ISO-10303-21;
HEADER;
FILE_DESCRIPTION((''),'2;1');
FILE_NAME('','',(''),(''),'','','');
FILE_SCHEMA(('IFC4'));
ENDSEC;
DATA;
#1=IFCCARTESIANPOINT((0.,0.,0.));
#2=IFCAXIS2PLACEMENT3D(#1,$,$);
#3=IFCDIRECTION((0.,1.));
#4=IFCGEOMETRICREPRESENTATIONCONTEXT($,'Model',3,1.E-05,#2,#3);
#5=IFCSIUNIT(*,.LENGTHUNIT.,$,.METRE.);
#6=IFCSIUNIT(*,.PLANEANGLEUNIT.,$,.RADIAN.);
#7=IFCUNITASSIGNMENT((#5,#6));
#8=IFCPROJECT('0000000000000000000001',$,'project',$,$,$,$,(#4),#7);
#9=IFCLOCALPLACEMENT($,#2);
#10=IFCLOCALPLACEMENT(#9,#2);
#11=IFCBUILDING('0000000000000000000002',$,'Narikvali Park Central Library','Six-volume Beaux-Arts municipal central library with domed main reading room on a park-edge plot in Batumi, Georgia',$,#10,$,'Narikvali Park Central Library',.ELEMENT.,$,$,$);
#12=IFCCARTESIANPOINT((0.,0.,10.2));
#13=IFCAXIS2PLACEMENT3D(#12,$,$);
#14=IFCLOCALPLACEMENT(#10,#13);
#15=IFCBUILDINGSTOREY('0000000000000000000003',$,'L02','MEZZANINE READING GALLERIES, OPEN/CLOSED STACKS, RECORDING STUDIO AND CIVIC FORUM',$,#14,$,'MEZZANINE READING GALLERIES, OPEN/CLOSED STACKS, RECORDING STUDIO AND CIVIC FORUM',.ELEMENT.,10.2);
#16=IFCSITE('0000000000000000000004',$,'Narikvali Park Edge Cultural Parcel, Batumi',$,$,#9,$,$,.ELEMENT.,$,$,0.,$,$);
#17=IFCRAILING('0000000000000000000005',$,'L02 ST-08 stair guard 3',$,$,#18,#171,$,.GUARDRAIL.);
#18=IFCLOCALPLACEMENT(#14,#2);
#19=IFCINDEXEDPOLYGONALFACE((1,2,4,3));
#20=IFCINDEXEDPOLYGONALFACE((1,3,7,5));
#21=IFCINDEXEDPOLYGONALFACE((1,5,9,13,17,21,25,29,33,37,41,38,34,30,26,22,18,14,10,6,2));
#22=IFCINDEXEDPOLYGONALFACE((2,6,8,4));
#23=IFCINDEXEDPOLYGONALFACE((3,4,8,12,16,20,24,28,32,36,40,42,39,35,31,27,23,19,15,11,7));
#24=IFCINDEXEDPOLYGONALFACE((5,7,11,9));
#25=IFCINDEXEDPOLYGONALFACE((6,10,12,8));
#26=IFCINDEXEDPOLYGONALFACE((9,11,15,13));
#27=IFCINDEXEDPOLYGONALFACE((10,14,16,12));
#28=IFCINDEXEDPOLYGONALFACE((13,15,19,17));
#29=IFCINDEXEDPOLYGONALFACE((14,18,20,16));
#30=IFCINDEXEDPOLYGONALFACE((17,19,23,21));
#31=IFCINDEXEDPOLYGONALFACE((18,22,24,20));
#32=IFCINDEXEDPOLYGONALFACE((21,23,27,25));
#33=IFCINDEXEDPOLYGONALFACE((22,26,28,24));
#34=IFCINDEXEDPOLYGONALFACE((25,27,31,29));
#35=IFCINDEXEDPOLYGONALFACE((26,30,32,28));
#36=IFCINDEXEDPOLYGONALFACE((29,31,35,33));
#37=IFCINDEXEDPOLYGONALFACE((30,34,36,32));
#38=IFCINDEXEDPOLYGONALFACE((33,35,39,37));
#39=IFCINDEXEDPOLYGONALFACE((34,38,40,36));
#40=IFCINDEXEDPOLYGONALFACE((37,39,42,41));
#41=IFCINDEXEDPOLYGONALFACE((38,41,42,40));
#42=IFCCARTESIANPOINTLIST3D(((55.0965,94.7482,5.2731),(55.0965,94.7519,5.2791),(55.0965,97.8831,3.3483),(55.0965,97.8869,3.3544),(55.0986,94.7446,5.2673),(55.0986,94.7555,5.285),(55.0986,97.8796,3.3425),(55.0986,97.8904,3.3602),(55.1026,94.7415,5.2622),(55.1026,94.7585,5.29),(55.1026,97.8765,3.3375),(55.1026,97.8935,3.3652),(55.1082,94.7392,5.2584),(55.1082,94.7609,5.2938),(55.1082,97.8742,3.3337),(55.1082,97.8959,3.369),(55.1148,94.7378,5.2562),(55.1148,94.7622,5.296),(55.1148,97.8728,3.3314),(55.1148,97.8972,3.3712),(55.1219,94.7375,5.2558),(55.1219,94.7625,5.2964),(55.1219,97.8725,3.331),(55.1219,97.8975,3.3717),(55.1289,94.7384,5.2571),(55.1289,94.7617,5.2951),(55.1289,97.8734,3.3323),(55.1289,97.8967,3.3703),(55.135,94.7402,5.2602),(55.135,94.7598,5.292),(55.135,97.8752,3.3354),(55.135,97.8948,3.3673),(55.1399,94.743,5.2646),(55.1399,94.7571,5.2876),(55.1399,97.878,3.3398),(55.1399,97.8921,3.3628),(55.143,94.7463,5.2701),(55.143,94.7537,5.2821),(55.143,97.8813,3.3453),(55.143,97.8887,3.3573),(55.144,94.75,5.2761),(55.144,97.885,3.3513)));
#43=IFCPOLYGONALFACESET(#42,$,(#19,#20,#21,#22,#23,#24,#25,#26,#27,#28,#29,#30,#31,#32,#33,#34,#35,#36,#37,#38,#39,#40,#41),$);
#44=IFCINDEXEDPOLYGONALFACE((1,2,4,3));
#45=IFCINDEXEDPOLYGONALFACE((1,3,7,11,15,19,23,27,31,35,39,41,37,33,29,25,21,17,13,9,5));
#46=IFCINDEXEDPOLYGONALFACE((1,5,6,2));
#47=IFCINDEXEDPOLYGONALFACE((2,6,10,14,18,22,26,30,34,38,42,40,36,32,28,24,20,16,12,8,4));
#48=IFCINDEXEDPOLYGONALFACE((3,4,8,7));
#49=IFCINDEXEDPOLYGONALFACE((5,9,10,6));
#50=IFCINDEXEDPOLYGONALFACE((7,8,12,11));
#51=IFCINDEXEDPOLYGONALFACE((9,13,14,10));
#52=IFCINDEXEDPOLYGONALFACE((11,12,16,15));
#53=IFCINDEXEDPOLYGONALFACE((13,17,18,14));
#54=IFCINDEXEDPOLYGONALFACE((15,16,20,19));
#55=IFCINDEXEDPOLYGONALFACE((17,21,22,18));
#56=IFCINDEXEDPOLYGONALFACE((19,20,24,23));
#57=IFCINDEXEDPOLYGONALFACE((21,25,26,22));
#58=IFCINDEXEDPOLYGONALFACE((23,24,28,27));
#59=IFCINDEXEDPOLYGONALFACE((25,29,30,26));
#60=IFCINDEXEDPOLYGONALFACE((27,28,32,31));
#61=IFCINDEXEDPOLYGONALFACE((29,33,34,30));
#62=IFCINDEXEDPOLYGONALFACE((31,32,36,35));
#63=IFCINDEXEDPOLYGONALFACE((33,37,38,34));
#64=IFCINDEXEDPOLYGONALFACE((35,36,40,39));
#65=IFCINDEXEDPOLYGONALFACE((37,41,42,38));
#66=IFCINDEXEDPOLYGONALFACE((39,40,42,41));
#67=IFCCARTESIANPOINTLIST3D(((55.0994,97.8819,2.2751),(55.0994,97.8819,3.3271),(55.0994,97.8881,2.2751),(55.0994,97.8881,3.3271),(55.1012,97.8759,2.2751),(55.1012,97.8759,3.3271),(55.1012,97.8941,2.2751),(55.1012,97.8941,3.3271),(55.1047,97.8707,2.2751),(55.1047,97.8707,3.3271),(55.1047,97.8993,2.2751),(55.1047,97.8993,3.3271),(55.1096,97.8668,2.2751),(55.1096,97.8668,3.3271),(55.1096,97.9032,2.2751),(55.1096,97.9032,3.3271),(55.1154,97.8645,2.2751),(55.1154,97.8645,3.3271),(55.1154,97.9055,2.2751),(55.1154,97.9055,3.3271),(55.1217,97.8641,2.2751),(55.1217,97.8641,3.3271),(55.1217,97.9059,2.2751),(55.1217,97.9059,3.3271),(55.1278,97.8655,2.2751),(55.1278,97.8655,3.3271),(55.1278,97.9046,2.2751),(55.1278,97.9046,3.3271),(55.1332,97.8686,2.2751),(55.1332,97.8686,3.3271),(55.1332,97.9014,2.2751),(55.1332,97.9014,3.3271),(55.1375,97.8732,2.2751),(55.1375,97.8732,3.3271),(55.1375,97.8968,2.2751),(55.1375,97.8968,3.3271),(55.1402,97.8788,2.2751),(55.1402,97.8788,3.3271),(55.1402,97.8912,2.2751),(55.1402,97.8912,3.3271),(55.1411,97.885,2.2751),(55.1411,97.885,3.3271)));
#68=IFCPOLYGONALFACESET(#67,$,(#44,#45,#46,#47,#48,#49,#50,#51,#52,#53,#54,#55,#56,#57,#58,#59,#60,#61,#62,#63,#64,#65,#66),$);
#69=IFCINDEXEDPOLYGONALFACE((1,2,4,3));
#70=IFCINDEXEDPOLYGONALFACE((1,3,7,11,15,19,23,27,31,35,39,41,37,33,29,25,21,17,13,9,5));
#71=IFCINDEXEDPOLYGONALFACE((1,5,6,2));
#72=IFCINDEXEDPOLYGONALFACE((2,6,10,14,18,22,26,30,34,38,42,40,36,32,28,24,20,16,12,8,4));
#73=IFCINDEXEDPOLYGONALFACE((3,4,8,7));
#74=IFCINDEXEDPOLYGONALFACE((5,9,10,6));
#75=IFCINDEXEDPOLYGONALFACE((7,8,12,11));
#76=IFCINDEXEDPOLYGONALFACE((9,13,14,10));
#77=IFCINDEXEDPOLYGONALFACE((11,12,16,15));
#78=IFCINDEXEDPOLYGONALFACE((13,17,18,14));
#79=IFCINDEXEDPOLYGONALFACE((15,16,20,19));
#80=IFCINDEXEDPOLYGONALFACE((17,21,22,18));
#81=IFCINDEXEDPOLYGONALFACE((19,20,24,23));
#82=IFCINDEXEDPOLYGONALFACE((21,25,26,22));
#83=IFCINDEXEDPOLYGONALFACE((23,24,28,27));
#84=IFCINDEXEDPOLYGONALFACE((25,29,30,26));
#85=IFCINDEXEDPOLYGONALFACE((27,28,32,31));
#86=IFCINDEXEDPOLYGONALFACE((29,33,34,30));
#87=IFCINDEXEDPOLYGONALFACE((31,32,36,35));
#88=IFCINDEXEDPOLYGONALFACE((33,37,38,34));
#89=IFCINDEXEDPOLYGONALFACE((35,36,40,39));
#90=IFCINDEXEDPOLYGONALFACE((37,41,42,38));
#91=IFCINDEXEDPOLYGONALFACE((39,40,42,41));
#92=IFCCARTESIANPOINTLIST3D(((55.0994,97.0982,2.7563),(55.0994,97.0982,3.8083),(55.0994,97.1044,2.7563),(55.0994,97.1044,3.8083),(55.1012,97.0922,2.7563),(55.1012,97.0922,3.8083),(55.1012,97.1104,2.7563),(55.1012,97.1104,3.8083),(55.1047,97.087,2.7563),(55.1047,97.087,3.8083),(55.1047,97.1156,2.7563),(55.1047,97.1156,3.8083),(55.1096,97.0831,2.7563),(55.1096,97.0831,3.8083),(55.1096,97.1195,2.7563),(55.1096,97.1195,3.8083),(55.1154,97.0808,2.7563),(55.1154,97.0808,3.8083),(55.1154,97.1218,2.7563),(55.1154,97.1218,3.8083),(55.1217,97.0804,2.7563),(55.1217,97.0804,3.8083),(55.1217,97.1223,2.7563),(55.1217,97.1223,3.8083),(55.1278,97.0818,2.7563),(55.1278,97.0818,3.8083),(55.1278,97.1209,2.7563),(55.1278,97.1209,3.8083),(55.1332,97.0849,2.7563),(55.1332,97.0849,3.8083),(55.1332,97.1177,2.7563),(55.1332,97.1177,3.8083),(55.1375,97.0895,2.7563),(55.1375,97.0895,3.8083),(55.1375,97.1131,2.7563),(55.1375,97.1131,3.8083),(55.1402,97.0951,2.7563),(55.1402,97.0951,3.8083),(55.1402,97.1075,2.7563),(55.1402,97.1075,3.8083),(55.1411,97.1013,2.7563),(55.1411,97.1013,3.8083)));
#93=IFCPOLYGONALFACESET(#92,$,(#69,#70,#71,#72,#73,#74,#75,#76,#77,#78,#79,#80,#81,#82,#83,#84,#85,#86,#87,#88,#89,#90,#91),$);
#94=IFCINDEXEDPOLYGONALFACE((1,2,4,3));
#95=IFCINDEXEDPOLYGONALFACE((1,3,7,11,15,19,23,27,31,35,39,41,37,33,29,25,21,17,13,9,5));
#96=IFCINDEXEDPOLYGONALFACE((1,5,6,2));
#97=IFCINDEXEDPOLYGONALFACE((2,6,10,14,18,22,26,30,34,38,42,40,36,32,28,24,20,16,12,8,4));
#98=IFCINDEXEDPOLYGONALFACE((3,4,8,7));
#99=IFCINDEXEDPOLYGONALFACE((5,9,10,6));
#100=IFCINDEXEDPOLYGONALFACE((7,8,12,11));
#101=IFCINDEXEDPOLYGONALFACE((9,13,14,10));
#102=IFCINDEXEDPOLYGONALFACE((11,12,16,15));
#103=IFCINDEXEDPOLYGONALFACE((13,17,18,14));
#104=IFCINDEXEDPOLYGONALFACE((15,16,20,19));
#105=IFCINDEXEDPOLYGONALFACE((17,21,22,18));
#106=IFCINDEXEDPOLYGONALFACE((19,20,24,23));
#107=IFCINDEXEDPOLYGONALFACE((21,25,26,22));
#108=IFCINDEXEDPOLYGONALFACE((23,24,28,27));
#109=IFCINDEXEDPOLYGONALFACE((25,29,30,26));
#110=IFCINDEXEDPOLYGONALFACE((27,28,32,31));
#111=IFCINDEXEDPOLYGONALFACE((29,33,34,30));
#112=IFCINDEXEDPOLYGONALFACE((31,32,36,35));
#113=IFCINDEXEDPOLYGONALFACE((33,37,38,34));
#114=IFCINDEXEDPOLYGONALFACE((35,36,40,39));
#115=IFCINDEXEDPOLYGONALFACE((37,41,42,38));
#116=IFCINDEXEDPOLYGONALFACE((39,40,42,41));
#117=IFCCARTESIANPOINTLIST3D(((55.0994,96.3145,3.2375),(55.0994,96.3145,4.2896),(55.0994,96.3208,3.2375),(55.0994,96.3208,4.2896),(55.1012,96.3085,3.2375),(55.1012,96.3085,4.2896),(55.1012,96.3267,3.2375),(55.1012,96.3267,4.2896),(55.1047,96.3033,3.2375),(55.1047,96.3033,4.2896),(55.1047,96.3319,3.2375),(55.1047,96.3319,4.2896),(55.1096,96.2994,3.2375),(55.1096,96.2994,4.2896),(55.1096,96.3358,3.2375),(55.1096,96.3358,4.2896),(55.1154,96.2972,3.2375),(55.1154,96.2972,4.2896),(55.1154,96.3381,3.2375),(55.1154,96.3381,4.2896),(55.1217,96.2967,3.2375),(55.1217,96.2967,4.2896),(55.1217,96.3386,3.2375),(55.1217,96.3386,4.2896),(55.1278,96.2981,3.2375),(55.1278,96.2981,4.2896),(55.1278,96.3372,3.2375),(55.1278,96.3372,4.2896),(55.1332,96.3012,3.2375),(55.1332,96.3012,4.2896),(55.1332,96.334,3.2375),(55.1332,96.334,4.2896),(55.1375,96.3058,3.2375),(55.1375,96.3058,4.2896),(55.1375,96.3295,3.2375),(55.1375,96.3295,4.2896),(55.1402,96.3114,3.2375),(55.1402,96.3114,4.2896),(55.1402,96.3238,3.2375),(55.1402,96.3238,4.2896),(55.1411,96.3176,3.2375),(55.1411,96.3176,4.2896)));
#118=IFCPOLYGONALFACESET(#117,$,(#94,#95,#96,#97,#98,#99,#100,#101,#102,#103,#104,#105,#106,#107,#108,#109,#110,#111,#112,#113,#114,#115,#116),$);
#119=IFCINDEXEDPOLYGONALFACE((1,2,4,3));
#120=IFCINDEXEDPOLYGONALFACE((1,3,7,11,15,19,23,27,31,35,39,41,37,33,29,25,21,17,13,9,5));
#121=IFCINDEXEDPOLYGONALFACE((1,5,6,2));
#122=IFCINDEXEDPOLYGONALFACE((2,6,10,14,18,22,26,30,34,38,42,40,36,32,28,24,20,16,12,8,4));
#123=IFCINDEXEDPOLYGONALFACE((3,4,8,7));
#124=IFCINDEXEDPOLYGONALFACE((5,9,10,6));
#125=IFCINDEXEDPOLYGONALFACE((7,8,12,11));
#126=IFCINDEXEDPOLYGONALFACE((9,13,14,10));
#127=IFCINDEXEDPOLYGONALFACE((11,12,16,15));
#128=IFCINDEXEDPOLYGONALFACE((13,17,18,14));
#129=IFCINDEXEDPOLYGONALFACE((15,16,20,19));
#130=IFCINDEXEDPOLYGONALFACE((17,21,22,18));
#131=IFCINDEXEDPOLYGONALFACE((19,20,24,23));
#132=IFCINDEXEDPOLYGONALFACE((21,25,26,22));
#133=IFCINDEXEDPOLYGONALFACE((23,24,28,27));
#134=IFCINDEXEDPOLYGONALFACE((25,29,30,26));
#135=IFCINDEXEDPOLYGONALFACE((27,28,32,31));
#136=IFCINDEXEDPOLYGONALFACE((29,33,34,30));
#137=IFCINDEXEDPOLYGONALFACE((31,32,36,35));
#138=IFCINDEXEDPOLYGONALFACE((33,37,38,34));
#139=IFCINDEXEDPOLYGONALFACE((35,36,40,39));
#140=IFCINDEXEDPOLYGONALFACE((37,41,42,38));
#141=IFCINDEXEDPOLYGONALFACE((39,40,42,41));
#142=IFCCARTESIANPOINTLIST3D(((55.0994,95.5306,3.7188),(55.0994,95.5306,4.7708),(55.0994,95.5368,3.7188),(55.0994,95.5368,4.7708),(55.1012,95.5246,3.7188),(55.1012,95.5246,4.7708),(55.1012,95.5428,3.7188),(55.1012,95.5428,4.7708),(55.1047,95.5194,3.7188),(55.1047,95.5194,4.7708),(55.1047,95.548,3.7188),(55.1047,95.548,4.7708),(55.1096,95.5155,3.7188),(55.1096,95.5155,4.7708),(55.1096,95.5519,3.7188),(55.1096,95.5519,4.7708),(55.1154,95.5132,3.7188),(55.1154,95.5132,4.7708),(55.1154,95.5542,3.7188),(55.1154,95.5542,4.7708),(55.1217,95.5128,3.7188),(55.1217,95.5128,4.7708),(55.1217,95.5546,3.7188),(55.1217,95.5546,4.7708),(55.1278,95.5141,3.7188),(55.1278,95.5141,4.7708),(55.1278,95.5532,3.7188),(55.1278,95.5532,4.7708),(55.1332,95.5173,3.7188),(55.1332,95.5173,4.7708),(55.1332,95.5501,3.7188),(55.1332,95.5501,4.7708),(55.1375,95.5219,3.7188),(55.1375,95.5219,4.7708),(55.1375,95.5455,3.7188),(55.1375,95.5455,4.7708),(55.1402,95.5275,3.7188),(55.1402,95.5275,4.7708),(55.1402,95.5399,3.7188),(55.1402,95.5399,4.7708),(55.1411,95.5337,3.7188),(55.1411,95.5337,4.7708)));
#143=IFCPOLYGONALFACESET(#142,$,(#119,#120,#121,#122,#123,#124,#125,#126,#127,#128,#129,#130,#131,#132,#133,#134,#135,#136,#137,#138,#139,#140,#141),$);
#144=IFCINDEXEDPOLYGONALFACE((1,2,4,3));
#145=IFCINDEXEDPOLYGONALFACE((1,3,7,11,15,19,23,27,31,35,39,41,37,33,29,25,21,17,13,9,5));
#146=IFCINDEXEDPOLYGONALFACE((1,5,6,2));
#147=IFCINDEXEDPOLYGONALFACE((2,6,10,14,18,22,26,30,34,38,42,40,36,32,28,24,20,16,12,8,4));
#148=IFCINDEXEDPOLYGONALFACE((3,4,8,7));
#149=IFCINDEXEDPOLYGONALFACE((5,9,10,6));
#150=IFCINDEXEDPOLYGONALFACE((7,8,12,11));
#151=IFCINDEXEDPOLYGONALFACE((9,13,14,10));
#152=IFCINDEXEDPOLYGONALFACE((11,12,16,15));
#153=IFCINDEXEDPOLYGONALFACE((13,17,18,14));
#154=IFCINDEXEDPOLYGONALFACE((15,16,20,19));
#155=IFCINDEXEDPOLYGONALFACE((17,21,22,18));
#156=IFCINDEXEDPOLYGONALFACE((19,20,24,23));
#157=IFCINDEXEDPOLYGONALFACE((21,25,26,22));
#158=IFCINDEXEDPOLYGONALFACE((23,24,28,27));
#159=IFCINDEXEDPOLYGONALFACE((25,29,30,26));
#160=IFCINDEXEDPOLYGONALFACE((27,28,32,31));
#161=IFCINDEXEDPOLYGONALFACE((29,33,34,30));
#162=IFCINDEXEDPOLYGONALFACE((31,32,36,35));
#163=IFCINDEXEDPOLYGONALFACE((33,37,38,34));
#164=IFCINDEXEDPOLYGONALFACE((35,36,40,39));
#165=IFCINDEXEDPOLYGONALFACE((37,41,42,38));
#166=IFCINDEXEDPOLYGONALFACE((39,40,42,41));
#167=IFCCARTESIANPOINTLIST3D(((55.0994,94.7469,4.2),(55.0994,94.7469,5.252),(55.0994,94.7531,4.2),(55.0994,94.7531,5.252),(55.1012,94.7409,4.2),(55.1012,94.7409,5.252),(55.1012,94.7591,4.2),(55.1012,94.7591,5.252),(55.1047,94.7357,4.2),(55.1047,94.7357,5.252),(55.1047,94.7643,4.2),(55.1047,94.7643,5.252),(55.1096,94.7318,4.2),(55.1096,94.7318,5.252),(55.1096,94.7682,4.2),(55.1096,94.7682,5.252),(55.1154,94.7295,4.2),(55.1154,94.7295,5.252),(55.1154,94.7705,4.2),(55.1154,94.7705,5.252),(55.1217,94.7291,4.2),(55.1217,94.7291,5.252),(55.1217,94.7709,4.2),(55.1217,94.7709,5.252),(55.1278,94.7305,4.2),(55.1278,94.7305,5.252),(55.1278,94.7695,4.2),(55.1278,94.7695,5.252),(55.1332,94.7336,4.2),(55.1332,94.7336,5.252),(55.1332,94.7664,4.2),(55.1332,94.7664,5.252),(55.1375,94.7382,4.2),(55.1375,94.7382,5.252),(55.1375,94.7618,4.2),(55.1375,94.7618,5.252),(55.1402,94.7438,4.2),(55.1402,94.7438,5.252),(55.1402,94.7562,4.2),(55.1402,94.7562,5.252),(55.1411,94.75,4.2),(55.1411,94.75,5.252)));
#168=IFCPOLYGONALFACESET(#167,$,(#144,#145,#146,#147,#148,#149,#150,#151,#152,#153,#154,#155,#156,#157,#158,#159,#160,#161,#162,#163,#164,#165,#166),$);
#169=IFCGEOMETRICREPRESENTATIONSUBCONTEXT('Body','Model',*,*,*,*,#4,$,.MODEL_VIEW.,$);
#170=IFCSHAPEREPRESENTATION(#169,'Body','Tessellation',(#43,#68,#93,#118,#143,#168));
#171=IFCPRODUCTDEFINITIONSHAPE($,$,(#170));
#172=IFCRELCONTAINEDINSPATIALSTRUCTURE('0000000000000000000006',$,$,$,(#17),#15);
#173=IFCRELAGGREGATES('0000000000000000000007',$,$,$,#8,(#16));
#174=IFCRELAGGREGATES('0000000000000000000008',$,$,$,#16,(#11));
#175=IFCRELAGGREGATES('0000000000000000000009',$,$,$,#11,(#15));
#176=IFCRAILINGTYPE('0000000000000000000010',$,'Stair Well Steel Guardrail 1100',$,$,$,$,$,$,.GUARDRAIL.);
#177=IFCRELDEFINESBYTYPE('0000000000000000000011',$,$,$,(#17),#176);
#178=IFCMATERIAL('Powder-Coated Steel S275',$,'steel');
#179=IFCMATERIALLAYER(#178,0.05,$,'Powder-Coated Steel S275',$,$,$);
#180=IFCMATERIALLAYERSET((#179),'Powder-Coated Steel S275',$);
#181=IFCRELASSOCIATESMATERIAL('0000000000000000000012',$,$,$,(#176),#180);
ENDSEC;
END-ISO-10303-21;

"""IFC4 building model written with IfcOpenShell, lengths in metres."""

from ifc_helpers import new_model, si_unit, direction, frame, origin, origin_2d, place, context, subcontext, project, spatial, circle, extrude, material, layer, layer_set, type_object, element, save


model = new_model("IFC4")

# Units and contexts
model_context = context("Model", 3, precision=1e-05, world=origin(), true_north=direction((0.0, 1.0)))
body_context = subcontext(model_context, "Body", "Model", "MODEL_VIEW")
ifc_project = project(units=[si_unit("LENGTHUNIT", "METRE"), si_unit("PLANEANGLEUNIT", "RADIAN")], contexts=[model_context])

# Site, building, storey
site_placement = place(None, origin())
site = spatial("IfcSite", under=ifc_project, at=site_placement, Name="Narikvali Park Edge Cultural Parcel, Batumi", CompositionType="ELEMENT", RefElevation=0.0)
building_placement = place(site_placement, origin())
building = spatial("IfcBuilding", under=site, at=building_placement, Name="Narikvali Park Central Library", Description="Six-volume Beaux-Arts municipal central library with domed main reading room on a park-edge plot in Batumi, Georgia", LongName="Narikvali Park Central Library", CompositionType="ELEMENT")
storey_placement = place(building_placement, frame((0.0, 0.0, 10.2)))
storey = spatial("IfcBuildingStorey", under=building, at=storey_placement, Name="L02", Description="MEZZANINE READING GALLERIES, OPEN/CLOSED STACKS, RECORDING STUDIO AND CIVIC FORUM", LongName="MEZZANINE READING GALLERIES, OPEN/CLOSED STACKS, RECORDING STUDIO AND CIVIC FORUM", CompositionType="ELEMENT", Elevation=10.2)

# Railing
ifc_material_1 = material(Name="Powder-Coated Steel S275", Category="steel")
ifc_layer_1 = layer(ifc_material_1, 0.05, Name="Powder-Coated Steel S275")
ifc_layer_set_1 = layer_set([ifc_layer_1], Name="Powder-Coated Steel S275")
railing_type_1 = type_object("IfcRailingType", Name="Stair Well Steel Guardrail 1100", PredefinedType="GUARDRAIL", material=ifc_layer_set_1)
railing_1_placement = place(storey_placement, frame((55.1201, 97.885, 2.2751)))
element("IfcRailing", 1, at=railing_1_placement, inside=storey, type_object=railing_type_1, Name="L02 ST-08 stair guard 3", PredefinedType="GUARDRAIL", context=body_context, shape_type="SweptSolid", body=[
    extrude(circle(Radius=0.0239, at=origin_2d()), frame((0.0, 0.0, 1.0762), z_axis=(0.0, -0.852196, 0.523223), x_axis=(1.0, 0.0, 0.0)), (0.0, 0.0, 1.0), 3.6787),
    extrude(circle(Radius=0.021, at=origin_2d()), origin(), (0.0, 0.0, 1.0), 1.052),
    extrude(circle(Radius=0.021, at=origin_2d()), frame((0.0, -0.7837, 0.4812)), (0.0, 0.0, 1.0), 1.052),
    extrude(circle(Radius=0.021, at=origin_2d()), frame((0.0, -1.5674, 0.9624)), (0.0, 0.0, 1.0), 1.052),
    extrude(circle(Radius=0.021, at=origin_2d()), frame((0.0, -2.3513, 1.4436)), (0.0, 0.0, 1.0), 1.052),
    extrude(circle(Radius=0.021, at=origin_2d()), frame((0.0, -3.135, 1.9248)), (0.0, 0.0, 1.0), 1.052),
])

save(model, "model.ifc")
